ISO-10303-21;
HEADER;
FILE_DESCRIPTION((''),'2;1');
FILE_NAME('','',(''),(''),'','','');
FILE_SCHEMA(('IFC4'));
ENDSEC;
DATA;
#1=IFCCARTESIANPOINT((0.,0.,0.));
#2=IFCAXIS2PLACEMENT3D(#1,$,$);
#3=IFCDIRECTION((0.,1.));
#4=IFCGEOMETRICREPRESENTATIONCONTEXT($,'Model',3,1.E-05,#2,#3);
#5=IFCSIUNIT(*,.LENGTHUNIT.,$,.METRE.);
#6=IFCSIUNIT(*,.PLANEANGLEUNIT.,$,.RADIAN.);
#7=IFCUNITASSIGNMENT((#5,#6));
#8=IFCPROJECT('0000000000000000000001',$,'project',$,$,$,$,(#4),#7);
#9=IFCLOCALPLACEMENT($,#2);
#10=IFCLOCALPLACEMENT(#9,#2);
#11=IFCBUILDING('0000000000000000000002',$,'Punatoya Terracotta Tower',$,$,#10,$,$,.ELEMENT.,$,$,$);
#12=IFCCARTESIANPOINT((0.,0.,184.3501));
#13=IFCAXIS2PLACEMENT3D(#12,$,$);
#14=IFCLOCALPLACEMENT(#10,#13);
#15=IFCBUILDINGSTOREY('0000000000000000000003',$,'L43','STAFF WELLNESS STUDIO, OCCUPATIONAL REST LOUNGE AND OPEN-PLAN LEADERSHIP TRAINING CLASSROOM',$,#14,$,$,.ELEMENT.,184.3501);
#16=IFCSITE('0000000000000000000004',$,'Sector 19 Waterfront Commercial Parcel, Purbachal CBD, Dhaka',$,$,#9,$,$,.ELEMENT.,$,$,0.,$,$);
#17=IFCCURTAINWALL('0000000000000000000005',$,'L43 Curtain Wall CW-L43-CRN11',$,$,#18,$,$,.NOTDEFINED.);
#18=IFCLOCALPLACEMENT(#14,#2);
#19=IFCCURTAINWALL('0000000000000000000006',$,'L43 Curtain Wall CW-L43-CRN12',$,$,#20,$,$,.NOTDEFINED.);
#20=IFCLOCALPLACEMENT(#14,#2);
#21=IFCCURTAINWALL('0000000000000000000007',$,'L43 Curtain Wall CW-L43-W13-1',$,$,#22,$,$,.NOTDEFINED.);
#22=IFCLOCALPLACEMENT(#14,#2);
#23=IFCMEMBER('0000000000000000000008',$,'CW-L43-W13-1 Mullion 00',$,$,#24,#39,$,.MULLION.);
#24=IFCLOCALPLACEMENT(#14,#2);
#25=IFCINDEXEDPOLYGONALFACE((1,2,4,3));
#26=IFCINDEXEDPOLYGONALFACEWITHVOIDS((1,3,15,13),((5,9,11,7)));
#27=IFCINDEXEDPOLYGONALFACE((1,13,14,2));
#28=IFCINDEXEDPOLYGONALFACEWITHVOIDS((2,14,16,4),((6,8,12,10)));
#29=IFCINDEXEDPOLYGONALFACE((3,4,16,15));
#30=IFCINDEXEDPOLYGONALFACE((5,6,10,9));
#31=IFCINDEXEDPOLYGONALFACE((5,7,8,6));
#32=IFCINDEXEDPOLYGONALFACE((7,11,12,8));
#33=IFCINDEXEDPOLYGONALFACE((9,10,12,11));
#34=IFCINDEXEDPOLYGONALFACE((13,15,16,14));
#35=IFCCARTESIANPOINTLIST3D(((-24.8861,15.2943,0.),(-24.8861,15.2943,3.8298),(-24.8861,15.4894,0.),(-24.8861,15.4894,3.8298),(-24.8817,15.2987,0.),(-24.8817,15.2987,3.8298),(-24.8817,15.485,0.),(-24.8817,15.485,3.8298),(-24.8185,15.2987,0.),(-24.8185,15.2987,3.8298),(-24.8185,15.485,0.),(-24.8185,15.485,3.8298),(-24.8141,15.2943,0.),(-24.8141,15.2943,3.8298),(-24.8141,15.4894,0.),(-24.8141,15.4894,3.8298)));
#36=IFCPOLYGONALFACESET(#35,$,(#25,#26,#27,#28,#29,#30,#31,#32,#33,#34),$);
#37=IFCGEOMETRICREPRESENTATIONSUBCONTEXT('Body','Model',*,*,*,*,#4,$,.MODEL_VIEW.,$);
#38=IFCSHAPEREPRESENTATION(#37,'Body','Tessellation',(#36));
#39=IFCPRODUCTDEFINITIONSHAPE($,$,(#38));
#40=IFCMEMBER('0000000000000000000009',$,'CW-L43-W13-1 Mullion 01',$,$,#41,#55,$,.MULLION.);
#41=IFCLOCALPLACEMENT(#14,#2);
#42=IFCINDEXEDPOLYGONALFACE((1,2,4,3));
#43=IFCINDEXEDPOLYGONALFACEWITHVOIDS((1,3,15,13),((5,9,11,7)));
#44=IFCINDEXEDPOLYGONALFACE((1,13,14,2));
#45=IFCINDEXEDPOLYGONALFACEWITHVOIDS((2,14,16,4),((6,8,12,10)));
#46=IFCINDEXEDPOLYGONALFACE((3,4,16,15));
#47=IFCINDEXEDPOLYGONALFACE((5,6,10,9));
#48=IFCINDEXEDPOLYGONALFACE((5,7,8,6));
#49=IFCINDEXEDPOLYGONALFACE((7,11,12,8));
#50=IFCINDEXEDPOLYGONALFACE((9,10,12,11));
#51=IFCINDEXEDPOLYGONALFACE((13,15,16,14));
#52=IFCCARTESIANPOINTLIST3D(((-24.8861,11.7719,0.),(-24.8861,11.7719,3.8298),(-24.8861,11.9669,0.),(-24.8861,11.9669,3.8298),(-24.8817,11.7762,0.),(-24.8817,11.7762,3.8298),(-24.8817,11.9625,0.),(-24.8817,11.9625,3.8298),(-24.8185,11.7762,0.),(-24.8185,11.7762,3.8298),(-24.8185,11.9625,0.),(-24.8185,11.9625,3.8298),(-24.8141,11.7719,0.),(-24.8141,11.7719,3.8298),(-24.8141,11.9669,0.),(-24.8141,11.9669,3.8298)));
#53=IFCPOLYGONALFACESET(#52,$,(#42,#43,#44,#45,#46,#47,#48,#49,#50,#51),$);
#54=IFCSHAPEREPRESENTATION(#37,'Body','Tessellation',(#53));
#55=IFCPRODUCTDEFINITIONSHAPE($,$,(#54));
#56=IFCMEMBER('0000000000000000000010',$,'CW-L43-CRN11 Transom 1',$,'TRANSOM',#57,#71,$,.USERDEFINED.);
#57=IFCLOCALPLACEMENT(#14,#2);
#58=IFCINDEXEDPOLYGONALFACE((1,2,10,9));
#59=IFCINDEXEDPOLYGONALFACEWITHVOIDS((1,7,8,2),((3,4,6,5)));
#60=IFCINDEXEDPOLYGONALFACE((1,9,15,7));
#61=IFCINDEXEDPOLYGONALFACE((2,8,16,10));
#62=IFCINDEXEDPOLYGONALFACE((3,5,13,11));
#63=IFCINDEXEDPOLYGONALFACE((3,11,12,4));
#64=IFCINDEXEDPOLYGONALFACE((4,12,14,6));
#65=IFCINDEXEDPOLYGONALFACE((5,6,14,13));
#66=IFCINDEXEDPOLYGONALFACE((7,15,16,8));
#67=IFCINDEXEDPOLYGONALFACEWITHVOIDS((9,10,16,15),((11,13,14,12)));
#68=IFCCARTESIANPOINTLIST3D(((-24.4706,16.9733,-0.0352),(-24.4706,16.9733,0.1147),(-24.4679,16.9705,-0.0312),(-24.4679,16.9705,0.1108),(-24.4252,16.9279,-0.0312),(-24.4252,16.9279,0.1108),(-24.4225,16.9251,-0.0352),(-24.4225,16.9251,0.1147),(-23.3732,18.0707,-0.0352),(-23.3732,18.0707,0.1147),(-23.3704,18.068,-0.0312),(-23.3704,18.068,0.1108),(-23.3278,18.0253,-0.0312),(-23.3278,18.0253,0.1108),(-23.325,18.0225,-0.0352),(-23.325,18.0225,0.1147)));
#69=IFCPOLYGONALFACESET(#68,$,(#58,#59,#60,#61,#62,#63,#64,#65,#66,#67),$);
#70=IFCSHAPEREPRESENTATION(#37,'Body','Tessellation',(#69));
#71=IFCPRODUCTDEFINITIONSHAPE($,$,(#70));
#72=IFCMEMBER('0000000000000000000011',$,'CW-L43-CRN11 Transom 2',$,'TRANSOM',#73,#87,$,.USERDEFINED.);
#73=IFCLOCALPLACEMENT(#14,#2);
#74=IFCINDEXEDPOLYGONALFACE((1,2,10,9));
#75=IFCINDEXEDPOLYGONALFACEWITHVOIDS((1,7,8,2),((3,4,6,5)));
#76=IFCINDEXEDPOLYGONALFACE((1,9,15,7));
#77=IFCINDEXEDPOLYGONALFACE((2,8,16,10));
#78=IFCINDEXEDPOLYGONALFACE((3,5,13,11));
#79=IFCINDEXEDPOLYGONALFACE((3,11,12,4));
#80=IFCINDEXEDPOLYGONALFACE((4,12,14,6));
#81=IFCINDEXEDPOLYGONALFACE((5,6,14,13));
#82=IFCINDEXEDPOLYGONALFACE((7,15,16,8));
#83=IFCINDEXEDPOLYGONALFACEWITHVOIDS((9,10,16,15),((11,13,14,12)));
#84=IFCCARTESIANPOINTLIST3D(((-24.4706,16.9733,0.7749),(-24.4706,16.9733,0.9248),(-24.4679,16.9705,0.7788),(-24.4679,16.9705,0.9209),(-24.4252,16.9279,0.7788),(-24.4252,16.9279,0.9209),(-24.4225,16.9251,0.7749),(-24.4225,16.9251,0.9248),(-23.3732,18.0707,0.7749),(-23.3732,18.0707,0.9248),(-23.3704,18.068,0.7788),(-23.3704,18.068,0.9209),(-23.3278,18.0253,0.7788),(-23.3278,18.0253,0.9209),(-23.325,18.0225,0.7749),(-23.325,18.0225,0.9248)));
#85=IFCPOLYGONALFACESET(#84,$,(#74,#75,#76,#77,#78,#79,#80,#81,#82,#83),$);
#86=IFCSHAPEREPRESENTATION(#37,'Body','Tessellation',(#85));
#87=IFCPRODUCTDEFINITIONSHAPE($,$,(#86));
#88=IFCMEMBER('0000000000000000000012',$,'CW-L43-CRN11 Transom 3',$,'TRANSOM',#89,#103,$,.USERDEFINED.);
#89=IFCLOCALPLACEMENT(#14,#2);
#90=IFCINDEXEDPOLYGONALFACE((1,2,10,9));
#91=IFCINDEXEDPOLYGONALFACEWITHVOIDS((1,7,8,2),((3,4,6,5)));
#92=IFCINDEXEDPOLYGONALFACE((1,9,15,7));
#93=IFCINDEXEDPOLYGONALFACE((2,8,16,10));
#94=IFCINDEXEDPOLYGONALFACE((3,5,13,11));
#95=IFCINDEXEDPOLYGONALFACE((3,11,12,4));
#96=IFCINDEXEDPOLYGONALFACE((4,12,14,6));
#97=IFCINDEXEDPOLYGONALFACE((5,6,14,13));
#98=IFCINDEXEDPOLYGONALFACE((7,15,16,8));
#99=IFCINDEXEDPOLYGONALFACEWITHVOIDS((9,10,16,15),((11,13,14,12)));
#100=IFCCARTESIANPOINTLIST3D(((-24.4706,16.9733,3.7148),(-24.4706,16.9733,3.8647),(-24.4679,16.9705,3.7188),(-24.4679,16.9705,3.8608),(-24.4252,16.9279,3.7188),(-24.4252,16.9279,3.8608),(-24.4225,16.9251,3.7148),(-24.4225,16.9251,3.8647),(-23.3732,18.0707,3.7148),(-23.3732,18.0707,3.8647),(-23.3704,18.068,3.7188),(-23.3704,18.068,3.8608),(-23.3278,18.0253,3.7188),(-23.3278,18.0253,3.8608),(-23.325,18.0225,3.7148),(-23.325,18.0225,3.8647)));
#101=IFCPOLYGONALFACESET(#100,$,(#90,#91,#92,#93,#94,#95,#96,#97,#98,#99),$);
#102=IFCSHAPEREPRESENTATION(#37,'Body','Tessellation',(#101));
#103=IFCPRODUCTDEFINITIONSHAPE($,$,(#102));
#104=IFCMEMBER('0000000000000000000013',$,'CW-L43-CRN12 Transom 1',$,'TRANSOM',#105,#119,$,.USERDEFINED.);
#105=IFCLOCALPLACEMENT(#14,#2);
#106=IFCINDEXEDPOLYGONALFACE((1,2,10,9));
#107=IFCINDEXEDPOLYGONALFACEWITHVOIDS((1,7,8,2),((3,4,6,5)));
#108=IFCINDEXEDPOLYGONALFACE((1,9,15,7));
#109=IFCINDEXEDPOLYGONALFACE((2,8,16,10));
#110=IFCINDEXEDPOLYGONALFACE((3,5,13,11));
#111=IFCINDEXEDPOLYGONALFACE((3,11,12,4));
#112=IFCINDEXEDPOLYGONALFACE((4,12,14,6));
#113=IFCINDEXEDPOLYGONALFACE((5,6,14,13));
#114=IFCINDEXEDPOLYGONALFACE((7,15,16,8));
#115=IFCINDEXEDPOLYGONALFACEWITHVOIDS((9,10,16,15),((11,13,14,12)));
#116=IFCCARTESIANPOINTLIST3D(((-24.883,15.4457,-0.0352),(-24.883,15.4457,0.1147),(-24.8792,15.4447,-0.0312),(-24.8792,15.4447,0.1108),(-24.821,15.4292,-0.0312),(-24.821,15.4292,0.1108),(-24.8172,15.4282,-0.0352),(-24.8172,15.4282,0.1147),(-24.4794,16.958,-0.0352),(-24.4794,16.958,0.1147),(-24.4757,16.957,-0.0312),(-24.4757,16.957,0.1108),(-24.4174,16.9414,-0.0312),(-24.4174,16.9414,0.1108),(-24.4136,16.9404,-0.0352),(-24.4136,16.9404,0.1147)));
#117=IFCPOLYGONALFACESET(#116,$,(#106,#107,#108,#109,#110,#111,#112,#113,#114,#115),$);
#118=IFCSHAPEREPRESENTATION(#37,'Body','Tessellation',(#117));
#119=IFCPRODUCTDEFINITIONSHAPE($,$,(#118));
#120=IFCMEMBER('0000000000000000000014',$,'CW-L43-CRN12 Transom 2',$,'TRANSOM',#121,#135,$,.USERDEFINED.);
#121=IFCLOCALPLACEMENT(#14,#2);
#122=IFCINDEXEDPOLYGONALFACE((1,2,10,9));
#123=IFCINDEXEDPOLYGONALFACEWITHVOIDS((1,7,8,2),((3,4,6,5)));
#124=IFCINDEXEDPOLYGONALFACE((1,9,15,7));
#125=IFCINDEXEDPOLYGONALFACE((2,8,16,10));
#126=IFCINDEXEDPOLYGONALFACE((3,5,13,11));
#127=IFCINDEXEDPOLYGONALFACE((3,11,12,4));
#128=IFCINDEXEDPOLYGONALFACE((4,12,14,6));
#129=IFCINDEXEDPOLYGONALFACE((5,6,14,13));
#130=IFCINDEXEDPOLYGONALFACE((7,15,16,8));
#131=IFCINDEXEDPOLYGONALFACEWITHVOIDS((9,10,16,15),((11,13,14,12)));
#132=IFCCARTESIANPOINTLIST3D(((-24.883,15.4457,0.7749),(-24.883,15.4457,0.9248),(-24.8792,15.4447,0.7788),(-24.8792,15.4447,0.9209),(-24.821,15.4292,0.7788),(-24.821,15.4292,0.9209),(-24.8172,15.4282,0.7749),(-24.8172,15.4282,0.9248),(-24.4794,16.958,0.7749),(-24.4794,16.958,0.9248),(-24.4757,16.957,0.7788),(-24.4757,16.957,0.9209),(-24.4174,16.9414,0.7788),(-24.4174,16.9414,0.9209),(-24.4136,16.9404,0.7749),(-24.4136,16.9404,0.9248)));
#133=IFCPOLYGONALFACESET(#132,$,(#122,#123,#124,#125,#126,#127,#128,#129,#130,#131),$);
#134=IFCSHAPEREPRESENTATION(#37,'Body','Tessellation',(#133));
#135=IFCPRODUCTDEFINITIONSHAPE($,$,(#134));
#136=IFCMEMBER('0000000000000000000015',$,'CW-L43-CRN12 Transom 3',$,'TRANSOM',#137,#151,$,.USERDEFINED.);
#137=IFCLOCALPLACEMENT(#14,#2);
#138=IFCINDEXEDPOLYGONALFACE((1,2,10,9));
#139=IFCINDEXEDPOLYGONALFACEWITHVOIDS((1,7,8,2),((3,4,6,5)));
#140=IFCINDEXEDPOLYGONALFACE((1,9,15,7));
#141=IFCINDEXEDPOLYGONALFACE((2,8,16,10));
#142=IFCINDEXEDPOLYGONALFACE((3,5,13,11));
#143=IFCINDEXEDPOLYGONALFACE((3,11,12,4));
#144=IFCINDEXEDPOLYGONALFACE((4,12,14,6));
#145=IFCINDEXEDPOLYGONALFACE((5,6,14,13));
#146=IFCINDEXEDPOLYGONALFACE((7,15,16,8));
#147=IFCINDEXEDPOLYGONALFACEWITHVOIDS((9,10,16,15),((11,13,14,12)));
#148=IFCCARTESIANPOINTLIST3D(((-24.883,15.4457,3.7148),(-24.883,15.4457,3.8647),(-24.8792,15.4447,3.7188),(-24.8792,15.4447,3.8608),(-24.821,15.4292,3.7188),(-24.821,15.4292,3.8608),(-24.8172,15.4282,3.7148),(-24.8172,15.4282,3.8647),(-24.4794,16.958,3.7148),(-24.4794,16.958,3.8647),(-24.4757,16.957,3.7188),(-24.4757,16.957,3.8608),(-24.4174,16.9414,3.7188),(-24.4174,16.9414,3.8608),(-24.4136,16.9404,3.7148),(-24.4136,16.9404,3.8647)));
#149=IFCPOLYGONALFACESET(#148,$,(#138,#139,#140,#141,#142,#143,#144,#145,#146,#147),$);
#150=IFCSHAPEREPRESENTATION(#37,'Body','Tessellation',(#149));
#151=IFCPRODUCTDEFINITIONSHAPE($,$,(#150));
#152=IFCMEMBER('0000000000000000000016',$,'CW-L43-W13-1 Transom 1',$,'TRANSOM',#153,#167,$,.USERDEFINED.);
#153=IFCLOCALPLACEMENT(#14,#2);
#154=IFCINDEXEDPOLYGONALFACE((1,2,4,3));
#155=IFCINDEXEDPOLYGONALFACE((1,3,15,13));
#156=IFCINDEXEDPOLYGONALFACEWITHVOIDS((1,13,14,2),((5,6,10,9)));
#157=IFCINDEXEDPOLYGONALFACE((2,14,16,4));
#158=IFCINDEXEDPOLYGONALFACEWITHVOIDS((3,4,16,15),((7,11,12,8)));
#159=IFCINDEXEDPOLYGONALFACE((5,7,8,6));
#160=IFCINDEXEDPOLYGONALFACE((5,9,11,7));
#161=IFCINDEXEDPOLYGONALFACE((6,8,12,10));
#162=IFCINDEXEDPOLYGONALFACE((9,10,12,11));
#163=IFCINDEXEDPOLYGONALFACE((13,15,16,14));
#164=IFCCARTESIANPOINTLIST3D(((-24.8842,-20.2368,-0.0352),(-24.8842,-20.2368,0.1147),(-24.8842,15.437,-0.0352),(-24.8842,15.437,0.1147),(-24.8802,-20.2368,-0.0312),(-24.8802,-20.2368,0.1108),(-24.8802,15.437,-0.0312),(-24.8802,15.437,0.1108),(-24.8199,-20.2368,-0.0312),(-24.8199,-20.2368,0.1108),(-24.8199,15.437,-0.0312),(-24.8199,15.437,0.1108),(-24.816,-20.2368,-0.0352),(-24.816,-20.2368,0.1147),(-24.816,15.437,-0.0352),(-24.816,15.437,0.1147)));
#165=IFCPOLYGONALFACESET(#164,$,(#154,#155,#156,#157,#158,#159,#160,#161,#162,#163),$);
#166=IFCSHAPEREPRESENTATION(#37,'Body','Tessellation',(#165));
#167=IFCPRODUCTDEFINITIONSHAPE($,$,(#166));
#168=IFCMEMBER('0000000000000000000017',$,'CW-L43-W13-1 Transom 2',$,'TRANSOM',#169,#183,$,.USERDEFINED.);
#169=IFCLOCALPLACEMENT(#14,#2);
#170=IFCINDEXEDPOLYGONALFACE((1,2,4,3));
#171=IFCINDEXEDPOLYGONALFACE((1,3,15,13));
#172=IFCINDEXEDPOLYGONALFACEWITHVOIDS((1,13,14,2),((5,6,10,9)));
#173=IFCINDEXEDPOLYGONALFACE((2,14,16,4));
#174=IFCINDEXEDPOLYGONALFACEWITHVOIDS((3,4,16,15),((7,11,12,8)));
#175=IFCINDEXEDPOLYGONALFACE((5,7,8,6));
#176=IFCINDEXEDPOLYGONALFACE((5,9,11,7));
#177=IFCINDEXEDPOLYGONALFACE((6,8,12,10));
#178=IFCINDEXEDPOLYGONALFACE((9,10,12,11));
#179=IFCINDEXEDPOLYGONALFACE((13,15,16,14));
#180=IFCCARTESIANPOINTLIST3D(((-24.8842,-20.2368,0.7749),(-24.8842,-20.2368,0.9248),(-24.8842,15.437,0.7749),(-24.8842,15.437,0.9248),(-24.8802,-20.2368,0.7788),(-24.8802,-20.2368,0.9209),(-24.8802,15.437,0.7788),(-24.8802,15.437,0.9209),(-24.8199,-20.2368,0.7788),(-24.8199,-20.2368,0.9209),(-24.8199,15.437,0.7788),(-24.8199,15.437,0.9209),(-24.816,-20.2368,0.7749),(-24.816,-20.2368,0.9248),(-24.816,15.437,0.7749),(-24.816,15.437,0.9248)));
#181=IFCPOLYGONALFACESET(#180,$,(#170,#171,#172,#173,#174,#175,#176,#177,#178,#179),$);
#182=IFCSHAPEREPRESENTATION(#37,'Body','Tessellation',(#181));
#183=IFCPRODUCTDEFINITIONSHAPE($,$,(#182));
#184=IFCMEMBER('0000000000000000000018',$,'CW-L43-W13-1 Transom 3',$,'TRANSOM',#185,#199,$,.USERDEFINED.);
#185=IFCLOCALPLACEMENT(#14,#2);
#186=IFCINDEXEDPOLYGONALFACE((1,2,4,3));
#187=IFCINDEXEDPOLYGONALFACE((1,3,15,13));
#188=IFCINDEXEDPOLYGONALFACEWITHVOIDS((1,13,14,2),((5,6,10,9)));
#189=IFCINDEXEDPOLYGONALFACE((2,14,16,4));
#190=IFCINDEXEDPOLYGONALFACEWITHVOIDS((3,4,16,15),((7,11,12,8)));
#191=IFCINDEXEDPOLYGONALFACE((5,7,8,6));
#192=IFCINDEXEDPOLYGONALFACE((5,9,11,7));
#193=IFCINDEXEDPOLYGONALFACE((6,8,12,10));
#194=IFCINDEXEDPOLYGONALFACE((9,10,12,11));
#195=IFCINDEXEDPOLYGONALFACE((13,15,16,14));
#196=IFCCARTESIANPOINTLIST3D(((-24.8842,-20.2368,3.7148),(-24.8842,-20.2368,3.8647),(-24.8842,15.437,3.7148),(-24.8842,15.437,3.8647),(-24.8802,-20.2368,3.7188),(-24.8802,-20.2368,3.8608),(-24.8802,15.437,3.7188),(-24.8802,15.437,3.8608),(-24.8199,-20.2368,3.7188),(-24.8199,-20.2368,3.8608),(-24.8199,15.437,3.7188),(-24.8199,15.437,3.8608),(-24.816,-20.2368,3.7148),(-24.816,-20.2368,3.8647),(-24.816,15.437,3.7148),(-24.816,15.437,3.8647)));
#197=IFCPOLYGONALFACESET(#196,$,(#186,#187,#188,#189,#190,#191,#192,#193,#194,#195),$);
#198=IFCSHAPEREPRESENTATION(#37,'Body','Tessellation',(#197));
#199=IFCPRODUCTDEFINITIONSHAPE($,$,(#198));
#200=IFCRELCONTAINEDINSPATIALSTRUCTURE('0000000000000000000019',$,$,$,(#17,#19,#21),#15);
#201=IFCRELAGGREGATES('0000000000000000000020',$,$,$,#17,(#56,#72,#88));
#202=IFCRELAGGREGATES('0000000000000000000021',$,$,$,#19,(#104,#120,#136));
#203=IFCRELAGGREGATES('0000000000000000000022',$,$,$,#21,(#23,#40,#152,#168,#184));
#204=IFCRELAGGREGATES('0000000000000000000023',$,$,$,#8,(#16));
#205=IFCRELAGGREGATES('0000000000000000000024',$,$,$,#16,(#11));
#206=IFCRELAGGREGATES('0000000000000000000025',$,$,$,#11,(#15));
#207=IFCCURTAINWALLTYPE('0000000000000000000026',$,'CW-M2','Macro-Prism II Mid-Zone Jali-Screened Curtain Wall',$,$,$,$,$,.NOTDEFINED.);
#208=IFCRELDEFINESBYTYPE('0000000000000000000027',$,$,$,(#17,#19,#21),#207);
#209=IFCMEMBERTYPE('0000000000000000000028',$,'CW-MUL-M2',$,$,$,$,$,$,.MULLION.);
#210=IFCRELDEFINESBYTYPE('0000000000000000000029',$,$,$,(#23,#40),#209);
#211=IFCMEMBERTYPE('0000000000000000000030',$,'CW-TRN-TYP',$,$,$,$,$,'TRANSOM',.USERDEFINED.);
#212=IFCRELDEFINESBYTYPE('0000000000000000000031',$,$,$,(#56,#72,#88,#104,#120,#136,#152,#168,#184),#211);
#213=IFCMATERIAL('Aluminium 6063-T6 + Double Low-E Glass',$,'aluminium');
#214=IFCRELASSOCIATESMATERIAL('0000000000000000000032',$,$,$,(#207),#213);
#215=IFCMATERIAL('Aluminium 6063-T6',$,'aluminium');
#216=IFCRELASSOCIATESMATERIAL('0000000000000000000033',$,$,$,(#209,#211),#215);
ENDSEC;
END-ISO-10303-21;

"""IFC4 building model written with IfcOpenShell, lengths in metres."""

from ifc_helpers import new_model, si_unit, direction, frame, origin, origin_2d, place, context, subcontext, project, spatial, hollow_rectangle, extrude, material, material_profile, profile_set, type_object, element, aggregate, save


model = new_model("IFC4")

# Units and contexts
model_context = context("Model", 3, precision=1e-05, world=origin(), true_north=direction((0.0, 1.0)))
body_context = subcontext(model_context, "Body", "Model", "MODEL_VIEW")
ifc_project = project(units=[si_unit("LENGTHUNIT", "METRE"), si_unit("PLANEANGLEUNIT", "RADIAN")], contexts=[model_context])

# Site, building, storey
site_placement = place(None, origin())
site = spatial("IfcSite", under=ifc_project, at=site_placement, Name="Sector 19 Waterfront Commercial Parcel, Purbachal CBD, Dhaka", CompositionType="ELEMENT", RefElevation=0.0)
building_placement = place(site_placement, origin())
building = spatial("IfcBuilding", under=site, at=building_placement, Name="Punatoya Terracotta Tower", CompositionType="ELEMENT")
storey_placement = place(building_placement, frame((0.0, 0.0, 184.3501)))
storey = spatial("IfcBuildingStorey", under=building, at=storey_placement, Name="L43", Description="STAFF WELLNESS STUDIO, OCCUPATIONAL REST LOUNGE AND OPEN-PLAN LEADERSHIP TRAINING CLASSROOM", CompositionType="ELEMENT", Elevation=184.3501)

# Shared definitions
ifc_material_1 = material(Name="Aluminium 6063-T6 + Double Low-E Glass", Category="aluminium")
curtain_wall_type = type_object("IfcCurtainWallType", Name="CW-M2", Description="Macro-Prism II Mid-Zone Jali-Screened Curtain Wall", PredefinedType="NOTDEFINED", material=ifc_material_1)
ifc_material_2 = material(Name="Aluminium 6063-T6", Category="aluminium")
ifc_material_profile_1 = material_profile(ifc_material_2, hollow_rectangle(XDim=0.072, YDim=0.1951, WallThickness=0.0044, at=origin_2d()))
ifc_profile_set_1 = profile_set([ifc_material_profile_1], Name="Aluminium 6063-T6")
member_type_1 = type_object("IfcMemberType", Name="CW-MUL-M2", PredefinedType="MULLION", material=ifc_profile_set_1)

# Curtain walls, members
curtain_wall_1_placement = place(storey_placement, origin())
curtain_wall_1 = element("IfcCurtainWall", 1, at=curtain_wall_1_placement, inside=storey, type_object=curtain_wall_type, Name="L43 Curtain Wall CW-L43-CRN11", PredefinedType="NOTDEFINED")
curtain_wall_2_placement = place(storey_placement, origin())
curtain_wall_2 = element("IfcCurtainWall", 2, at=curtain_wall_2_placement, inside=storey, type_object=curtain_wall_type, Name="L43 Curtain Wall CW-L43-CRN12", PredefinedType="NOTDEFINED")
curtain_wall_3_placement = place(storey_placement, origin())
curtain_wall_3 = element("IfcCurtainWall", 3, at=curtain_wall_3_placement, inside=storey, type_object=curtain_wall_type, Name="L43 Curtain Wall CW-L43-W13-1", PredefinedType="NOTDEFINED")
member_1_placement = place(storey_placement, frame((-24.8501, 15.3918, 0.0), z_axis=(0.0, 0.0, 1.0), x_axis=(1.0, 0.0, 0.0)))
member_1 = element("IfcMember", 4, at=member_1_placement, type_object=member_type_1, Name="CW-L43-W13-1 Mullion 00", PredefinedType="MULLION", context=body_context, shape_type="SweptSolid", body=[
    extrude(hollow_rectangle(XDim=0.072, YDim=0.1951, WallThickness=0.0044, at=origin_2d()), origin(), (0.0, 0.0, 1.0), 3.8298),
])
member_2_placement = place(storey_placement, frame((-24.8501, 11.8694, 0.0), z_axis=(0.0, 0.0, 1.0), x_axis=(1.0, 0.0, 0.0)))
member_2 = element("IfcMember", 5, at=member_2_placement, type_object=member_type_1, Name="CW-L43-W13-1 Mullion 01", PredefinedType="MULLION", context=body_context, shape_type="SweptSolid", body=[
    extrude(hollow_rectangle(XDim=0.072, YDim=0.1951, WallThickness=0.0044, at=origin_2d()), origin(), (0.0, 0.0, 1.0), 3.8298),
])

# Members
ifc_material_profile_2 = material_profile(ifc_material_2, hollow_rectangle(XDim=0.0681, YDim=0.1499, WallThickness=0.0039, at=origin_2d()))
ifc_profile_set_2 = profile_set([ifc_material_profile_2], Name="Aluminium 6063-T6")
member_type_2 = type_object("IfcMemberType", Name="CW-TRN-TYP", ElementType="TRANSOM", PredefinedType="USERDEFINED", material=ifc_profile_set_2)
member_3_placement = place(storey_placement, frame((-23.3491, 18.0466, 0.0398), z_axis=(-0.707107, -0.707107, 0.0), x_axis=(0.707107, -0.707107, 0.0)))
member_3 = element("IfcMember", 6, at=member_3_placement, type_object=member_type_2, Name="CW-L43-CRN11 Transom 1", ObjectType="TRANSOM", PredefinedType="USERDEFINED", context=body_context, shape_type="SweptSolid", body=[
    extrude(hollow_rectangle(XDim=0.0681, YDim=0.1499, WallThickness=0.0039, at=origin_2d()), origin(), (0.0, 0.0, 1.0), 1.552),
])
member_4_placement = place(storey_placement, frame((-23.3491, 18.0466, 0.8499), z_axis=(-0.707107, -0.707107, 0.0), x_axis=(0.707107, -0.707107, 0.0)))
member_4 = element("IfcMember", 7, at=member_4_placement, type_object=member_type_2, Name="CW-L43-CRN11 Transom 2", ObjectType="TRANSOM", PredefinedType="USERDEFINED", context=body_context, shape_type="SweptSolid", body=[
    extrude(hollow_rectangle(XDim=0.0681, YDim=0.1499, WallThickness=0.0039, at=origin_2d()), origin(), (0.0, 0.0, 1.0), 1.552),
])
member_5_placement = place(storey_placement, frame((-23.3491, 18.0466, 3.7898), z_axis=(-0.707107, -0.707107, 0.0), x_axis=(0.707107, -0.707107, 0.0)))
member_5 = element("IfcMember", 8, at=member_5_placement, type_object=member_type_2, Name="CW-L43-CRN11 Transom 3", ObjectType="TRANSOM", PredefinedType="USERDEFINED", context=body_context, shape_type="SweptSolid", body=[
    extrude(hollow_rectangle(XDim=0.0681, YDim=0.1499, WallThickness=0.0039, at=origin_2d()), origin(), (0.0, 0.0, 1.0), 1.552),
])
member_6_placement = place(storey_placement, frame((-24.4465, 16.9492, 0.0398), z_axis=(-0.257847, -0.966186, 0.0), x_axis=(0.966186, -0.257847, 0.0)))
member_6 = element("IfcMember", 9, at=member_6_placement, type_object=member_type_2, Name="CW-L43-CRN12 Transom 1", ObjectType="TRANSOM", PredefinedType="USERDEFINED", context=body_context, shape_type="SweptSolid", body=[
    extrude(hollow_rectangle(XDim=0.0681, YDim=0.1499, WallThickness=0.0039, at=origin_2d()), origin(), (0.0, 0.0, 1.0), 1.5652),
])
member_7_placement = place(storey_placement, frame((-24.4465, 16.9492, 0.8499), z_axis=(-0.257847, -0.966186, 0.0), x_axis=(0.966186, -0.257847, 0.0)))
member_7 = element("IfcMember", 10, at=member_7_placement, type_object=member_type_2, Name="CW-L43-CRN12 Transom 2", ObjectType="TRANSOM", PredefinedType="USERDEFINED", context=body_context, shape_type="SweptSolid", body=[
    extrude(hollow_rectangle(XDim=0.0681, YDim=0.1499, WallThickness=0.0039, at=origin_2d()), origin(), (0.0, 0.0, 1.0), 1.5652),
])
member_8_placement = place(storey_placement, frame((-24.4465, 16.9492, 3.7898), z_axis=(-0.257847, -0.966186, 0.0), x_axis=(0.966186, -0.257847, 0.0)))
member_8 = element("IfcMember", 11, at=member_8_placement, type_object=member_type_2, Name="CW-L43-CRN12 Transom 3", ObjectType="TRANSOM", PredefinedType="USERDEFINED", context=body_context, shape_type="SweptSolid", body=[
    extrude(hollow_rectangle(XDim=0.0681, YDim=0.1499, WallThickness=0.0039, at=origin_2d()), origin(), (0.0, 0.0, 1.0), 1.5652),
])
member_9_placement = place(storey_placement, frame((-24.8501, 15.437, 0.0398), z_axis=(0.0, -1.0, 0.0), x_axis=(1.0, 0.0, 0.0)))
member_9 = element("IfcMember", 12, at=member_9_placement, type_object=member_type_2, Name="CW-L43-W13-1 Transom 1", ObjectType="TRANSOM", PredefinedType="USERDEFINED", context=body_context, shape_type="SweptSolid", body=[
    extrude(hollow_rectangle(XDim=0.0681, YDim=0.1499, WallThickness=0.0039, at=origin_2d()), origin(), (0.0, 0.0, 1.0), 35.6738),
])
member_10_placement = place(storey_placement, frame((-24.8501, 15.437, 0.8499), z_axis=(0.0, -1.0, 0.0), x_axis=(1.0, 0.0, 0.0)))
member_10 = element("IfcMember", 13, at=member_10_placement, type_object=member_type_2, Name="CW-L43-W13-1 Transom 2", ObjectType="TRANSOM", PredefinedType="USERDEFINED", context=body_context, shape_type="SweptSolid", body=[
    extrude(hollow_rectangle(XDim=0.0681, YDim=0.1499, WallThickness=0.0039, at=origin_2d()), origin(), (0.0, 0.0, 1.0), 35.6738),
])
member_11_placement = place(storey_placement, frame((-24.8501, 15.437, 3.7898), z_axis=(0.0, -1.0, 0.0), x_axis=(1.0, 0.0, 0.0)))
member_11 = element("IfcMember", 14, at=member_11_placement, type_object=member_type_2, Name="CW-L43-W13-1 Transom 3", ObjectType="TRANSOM", PredefinedType="USERDEFINED", context=body_context, shape_type="SweptSolid", body=[
    extrude(hollow_rectangle(XDim=0.0681, YDim=0.1499, WallThickness=0.0039, at=origin_2d()), origin(), (0.0, 0.0, 1.0), 35.6738),
])

aggregate(curtain_wall_1, [member_3, member_4, member_5])
aggregate(curtain_wall_2, [member_6, member_7, member_8])
aggregate(curtain_wall_3, [member_1, member_2, member_9, member_10, member_11])

save(model, "model.ifc")
